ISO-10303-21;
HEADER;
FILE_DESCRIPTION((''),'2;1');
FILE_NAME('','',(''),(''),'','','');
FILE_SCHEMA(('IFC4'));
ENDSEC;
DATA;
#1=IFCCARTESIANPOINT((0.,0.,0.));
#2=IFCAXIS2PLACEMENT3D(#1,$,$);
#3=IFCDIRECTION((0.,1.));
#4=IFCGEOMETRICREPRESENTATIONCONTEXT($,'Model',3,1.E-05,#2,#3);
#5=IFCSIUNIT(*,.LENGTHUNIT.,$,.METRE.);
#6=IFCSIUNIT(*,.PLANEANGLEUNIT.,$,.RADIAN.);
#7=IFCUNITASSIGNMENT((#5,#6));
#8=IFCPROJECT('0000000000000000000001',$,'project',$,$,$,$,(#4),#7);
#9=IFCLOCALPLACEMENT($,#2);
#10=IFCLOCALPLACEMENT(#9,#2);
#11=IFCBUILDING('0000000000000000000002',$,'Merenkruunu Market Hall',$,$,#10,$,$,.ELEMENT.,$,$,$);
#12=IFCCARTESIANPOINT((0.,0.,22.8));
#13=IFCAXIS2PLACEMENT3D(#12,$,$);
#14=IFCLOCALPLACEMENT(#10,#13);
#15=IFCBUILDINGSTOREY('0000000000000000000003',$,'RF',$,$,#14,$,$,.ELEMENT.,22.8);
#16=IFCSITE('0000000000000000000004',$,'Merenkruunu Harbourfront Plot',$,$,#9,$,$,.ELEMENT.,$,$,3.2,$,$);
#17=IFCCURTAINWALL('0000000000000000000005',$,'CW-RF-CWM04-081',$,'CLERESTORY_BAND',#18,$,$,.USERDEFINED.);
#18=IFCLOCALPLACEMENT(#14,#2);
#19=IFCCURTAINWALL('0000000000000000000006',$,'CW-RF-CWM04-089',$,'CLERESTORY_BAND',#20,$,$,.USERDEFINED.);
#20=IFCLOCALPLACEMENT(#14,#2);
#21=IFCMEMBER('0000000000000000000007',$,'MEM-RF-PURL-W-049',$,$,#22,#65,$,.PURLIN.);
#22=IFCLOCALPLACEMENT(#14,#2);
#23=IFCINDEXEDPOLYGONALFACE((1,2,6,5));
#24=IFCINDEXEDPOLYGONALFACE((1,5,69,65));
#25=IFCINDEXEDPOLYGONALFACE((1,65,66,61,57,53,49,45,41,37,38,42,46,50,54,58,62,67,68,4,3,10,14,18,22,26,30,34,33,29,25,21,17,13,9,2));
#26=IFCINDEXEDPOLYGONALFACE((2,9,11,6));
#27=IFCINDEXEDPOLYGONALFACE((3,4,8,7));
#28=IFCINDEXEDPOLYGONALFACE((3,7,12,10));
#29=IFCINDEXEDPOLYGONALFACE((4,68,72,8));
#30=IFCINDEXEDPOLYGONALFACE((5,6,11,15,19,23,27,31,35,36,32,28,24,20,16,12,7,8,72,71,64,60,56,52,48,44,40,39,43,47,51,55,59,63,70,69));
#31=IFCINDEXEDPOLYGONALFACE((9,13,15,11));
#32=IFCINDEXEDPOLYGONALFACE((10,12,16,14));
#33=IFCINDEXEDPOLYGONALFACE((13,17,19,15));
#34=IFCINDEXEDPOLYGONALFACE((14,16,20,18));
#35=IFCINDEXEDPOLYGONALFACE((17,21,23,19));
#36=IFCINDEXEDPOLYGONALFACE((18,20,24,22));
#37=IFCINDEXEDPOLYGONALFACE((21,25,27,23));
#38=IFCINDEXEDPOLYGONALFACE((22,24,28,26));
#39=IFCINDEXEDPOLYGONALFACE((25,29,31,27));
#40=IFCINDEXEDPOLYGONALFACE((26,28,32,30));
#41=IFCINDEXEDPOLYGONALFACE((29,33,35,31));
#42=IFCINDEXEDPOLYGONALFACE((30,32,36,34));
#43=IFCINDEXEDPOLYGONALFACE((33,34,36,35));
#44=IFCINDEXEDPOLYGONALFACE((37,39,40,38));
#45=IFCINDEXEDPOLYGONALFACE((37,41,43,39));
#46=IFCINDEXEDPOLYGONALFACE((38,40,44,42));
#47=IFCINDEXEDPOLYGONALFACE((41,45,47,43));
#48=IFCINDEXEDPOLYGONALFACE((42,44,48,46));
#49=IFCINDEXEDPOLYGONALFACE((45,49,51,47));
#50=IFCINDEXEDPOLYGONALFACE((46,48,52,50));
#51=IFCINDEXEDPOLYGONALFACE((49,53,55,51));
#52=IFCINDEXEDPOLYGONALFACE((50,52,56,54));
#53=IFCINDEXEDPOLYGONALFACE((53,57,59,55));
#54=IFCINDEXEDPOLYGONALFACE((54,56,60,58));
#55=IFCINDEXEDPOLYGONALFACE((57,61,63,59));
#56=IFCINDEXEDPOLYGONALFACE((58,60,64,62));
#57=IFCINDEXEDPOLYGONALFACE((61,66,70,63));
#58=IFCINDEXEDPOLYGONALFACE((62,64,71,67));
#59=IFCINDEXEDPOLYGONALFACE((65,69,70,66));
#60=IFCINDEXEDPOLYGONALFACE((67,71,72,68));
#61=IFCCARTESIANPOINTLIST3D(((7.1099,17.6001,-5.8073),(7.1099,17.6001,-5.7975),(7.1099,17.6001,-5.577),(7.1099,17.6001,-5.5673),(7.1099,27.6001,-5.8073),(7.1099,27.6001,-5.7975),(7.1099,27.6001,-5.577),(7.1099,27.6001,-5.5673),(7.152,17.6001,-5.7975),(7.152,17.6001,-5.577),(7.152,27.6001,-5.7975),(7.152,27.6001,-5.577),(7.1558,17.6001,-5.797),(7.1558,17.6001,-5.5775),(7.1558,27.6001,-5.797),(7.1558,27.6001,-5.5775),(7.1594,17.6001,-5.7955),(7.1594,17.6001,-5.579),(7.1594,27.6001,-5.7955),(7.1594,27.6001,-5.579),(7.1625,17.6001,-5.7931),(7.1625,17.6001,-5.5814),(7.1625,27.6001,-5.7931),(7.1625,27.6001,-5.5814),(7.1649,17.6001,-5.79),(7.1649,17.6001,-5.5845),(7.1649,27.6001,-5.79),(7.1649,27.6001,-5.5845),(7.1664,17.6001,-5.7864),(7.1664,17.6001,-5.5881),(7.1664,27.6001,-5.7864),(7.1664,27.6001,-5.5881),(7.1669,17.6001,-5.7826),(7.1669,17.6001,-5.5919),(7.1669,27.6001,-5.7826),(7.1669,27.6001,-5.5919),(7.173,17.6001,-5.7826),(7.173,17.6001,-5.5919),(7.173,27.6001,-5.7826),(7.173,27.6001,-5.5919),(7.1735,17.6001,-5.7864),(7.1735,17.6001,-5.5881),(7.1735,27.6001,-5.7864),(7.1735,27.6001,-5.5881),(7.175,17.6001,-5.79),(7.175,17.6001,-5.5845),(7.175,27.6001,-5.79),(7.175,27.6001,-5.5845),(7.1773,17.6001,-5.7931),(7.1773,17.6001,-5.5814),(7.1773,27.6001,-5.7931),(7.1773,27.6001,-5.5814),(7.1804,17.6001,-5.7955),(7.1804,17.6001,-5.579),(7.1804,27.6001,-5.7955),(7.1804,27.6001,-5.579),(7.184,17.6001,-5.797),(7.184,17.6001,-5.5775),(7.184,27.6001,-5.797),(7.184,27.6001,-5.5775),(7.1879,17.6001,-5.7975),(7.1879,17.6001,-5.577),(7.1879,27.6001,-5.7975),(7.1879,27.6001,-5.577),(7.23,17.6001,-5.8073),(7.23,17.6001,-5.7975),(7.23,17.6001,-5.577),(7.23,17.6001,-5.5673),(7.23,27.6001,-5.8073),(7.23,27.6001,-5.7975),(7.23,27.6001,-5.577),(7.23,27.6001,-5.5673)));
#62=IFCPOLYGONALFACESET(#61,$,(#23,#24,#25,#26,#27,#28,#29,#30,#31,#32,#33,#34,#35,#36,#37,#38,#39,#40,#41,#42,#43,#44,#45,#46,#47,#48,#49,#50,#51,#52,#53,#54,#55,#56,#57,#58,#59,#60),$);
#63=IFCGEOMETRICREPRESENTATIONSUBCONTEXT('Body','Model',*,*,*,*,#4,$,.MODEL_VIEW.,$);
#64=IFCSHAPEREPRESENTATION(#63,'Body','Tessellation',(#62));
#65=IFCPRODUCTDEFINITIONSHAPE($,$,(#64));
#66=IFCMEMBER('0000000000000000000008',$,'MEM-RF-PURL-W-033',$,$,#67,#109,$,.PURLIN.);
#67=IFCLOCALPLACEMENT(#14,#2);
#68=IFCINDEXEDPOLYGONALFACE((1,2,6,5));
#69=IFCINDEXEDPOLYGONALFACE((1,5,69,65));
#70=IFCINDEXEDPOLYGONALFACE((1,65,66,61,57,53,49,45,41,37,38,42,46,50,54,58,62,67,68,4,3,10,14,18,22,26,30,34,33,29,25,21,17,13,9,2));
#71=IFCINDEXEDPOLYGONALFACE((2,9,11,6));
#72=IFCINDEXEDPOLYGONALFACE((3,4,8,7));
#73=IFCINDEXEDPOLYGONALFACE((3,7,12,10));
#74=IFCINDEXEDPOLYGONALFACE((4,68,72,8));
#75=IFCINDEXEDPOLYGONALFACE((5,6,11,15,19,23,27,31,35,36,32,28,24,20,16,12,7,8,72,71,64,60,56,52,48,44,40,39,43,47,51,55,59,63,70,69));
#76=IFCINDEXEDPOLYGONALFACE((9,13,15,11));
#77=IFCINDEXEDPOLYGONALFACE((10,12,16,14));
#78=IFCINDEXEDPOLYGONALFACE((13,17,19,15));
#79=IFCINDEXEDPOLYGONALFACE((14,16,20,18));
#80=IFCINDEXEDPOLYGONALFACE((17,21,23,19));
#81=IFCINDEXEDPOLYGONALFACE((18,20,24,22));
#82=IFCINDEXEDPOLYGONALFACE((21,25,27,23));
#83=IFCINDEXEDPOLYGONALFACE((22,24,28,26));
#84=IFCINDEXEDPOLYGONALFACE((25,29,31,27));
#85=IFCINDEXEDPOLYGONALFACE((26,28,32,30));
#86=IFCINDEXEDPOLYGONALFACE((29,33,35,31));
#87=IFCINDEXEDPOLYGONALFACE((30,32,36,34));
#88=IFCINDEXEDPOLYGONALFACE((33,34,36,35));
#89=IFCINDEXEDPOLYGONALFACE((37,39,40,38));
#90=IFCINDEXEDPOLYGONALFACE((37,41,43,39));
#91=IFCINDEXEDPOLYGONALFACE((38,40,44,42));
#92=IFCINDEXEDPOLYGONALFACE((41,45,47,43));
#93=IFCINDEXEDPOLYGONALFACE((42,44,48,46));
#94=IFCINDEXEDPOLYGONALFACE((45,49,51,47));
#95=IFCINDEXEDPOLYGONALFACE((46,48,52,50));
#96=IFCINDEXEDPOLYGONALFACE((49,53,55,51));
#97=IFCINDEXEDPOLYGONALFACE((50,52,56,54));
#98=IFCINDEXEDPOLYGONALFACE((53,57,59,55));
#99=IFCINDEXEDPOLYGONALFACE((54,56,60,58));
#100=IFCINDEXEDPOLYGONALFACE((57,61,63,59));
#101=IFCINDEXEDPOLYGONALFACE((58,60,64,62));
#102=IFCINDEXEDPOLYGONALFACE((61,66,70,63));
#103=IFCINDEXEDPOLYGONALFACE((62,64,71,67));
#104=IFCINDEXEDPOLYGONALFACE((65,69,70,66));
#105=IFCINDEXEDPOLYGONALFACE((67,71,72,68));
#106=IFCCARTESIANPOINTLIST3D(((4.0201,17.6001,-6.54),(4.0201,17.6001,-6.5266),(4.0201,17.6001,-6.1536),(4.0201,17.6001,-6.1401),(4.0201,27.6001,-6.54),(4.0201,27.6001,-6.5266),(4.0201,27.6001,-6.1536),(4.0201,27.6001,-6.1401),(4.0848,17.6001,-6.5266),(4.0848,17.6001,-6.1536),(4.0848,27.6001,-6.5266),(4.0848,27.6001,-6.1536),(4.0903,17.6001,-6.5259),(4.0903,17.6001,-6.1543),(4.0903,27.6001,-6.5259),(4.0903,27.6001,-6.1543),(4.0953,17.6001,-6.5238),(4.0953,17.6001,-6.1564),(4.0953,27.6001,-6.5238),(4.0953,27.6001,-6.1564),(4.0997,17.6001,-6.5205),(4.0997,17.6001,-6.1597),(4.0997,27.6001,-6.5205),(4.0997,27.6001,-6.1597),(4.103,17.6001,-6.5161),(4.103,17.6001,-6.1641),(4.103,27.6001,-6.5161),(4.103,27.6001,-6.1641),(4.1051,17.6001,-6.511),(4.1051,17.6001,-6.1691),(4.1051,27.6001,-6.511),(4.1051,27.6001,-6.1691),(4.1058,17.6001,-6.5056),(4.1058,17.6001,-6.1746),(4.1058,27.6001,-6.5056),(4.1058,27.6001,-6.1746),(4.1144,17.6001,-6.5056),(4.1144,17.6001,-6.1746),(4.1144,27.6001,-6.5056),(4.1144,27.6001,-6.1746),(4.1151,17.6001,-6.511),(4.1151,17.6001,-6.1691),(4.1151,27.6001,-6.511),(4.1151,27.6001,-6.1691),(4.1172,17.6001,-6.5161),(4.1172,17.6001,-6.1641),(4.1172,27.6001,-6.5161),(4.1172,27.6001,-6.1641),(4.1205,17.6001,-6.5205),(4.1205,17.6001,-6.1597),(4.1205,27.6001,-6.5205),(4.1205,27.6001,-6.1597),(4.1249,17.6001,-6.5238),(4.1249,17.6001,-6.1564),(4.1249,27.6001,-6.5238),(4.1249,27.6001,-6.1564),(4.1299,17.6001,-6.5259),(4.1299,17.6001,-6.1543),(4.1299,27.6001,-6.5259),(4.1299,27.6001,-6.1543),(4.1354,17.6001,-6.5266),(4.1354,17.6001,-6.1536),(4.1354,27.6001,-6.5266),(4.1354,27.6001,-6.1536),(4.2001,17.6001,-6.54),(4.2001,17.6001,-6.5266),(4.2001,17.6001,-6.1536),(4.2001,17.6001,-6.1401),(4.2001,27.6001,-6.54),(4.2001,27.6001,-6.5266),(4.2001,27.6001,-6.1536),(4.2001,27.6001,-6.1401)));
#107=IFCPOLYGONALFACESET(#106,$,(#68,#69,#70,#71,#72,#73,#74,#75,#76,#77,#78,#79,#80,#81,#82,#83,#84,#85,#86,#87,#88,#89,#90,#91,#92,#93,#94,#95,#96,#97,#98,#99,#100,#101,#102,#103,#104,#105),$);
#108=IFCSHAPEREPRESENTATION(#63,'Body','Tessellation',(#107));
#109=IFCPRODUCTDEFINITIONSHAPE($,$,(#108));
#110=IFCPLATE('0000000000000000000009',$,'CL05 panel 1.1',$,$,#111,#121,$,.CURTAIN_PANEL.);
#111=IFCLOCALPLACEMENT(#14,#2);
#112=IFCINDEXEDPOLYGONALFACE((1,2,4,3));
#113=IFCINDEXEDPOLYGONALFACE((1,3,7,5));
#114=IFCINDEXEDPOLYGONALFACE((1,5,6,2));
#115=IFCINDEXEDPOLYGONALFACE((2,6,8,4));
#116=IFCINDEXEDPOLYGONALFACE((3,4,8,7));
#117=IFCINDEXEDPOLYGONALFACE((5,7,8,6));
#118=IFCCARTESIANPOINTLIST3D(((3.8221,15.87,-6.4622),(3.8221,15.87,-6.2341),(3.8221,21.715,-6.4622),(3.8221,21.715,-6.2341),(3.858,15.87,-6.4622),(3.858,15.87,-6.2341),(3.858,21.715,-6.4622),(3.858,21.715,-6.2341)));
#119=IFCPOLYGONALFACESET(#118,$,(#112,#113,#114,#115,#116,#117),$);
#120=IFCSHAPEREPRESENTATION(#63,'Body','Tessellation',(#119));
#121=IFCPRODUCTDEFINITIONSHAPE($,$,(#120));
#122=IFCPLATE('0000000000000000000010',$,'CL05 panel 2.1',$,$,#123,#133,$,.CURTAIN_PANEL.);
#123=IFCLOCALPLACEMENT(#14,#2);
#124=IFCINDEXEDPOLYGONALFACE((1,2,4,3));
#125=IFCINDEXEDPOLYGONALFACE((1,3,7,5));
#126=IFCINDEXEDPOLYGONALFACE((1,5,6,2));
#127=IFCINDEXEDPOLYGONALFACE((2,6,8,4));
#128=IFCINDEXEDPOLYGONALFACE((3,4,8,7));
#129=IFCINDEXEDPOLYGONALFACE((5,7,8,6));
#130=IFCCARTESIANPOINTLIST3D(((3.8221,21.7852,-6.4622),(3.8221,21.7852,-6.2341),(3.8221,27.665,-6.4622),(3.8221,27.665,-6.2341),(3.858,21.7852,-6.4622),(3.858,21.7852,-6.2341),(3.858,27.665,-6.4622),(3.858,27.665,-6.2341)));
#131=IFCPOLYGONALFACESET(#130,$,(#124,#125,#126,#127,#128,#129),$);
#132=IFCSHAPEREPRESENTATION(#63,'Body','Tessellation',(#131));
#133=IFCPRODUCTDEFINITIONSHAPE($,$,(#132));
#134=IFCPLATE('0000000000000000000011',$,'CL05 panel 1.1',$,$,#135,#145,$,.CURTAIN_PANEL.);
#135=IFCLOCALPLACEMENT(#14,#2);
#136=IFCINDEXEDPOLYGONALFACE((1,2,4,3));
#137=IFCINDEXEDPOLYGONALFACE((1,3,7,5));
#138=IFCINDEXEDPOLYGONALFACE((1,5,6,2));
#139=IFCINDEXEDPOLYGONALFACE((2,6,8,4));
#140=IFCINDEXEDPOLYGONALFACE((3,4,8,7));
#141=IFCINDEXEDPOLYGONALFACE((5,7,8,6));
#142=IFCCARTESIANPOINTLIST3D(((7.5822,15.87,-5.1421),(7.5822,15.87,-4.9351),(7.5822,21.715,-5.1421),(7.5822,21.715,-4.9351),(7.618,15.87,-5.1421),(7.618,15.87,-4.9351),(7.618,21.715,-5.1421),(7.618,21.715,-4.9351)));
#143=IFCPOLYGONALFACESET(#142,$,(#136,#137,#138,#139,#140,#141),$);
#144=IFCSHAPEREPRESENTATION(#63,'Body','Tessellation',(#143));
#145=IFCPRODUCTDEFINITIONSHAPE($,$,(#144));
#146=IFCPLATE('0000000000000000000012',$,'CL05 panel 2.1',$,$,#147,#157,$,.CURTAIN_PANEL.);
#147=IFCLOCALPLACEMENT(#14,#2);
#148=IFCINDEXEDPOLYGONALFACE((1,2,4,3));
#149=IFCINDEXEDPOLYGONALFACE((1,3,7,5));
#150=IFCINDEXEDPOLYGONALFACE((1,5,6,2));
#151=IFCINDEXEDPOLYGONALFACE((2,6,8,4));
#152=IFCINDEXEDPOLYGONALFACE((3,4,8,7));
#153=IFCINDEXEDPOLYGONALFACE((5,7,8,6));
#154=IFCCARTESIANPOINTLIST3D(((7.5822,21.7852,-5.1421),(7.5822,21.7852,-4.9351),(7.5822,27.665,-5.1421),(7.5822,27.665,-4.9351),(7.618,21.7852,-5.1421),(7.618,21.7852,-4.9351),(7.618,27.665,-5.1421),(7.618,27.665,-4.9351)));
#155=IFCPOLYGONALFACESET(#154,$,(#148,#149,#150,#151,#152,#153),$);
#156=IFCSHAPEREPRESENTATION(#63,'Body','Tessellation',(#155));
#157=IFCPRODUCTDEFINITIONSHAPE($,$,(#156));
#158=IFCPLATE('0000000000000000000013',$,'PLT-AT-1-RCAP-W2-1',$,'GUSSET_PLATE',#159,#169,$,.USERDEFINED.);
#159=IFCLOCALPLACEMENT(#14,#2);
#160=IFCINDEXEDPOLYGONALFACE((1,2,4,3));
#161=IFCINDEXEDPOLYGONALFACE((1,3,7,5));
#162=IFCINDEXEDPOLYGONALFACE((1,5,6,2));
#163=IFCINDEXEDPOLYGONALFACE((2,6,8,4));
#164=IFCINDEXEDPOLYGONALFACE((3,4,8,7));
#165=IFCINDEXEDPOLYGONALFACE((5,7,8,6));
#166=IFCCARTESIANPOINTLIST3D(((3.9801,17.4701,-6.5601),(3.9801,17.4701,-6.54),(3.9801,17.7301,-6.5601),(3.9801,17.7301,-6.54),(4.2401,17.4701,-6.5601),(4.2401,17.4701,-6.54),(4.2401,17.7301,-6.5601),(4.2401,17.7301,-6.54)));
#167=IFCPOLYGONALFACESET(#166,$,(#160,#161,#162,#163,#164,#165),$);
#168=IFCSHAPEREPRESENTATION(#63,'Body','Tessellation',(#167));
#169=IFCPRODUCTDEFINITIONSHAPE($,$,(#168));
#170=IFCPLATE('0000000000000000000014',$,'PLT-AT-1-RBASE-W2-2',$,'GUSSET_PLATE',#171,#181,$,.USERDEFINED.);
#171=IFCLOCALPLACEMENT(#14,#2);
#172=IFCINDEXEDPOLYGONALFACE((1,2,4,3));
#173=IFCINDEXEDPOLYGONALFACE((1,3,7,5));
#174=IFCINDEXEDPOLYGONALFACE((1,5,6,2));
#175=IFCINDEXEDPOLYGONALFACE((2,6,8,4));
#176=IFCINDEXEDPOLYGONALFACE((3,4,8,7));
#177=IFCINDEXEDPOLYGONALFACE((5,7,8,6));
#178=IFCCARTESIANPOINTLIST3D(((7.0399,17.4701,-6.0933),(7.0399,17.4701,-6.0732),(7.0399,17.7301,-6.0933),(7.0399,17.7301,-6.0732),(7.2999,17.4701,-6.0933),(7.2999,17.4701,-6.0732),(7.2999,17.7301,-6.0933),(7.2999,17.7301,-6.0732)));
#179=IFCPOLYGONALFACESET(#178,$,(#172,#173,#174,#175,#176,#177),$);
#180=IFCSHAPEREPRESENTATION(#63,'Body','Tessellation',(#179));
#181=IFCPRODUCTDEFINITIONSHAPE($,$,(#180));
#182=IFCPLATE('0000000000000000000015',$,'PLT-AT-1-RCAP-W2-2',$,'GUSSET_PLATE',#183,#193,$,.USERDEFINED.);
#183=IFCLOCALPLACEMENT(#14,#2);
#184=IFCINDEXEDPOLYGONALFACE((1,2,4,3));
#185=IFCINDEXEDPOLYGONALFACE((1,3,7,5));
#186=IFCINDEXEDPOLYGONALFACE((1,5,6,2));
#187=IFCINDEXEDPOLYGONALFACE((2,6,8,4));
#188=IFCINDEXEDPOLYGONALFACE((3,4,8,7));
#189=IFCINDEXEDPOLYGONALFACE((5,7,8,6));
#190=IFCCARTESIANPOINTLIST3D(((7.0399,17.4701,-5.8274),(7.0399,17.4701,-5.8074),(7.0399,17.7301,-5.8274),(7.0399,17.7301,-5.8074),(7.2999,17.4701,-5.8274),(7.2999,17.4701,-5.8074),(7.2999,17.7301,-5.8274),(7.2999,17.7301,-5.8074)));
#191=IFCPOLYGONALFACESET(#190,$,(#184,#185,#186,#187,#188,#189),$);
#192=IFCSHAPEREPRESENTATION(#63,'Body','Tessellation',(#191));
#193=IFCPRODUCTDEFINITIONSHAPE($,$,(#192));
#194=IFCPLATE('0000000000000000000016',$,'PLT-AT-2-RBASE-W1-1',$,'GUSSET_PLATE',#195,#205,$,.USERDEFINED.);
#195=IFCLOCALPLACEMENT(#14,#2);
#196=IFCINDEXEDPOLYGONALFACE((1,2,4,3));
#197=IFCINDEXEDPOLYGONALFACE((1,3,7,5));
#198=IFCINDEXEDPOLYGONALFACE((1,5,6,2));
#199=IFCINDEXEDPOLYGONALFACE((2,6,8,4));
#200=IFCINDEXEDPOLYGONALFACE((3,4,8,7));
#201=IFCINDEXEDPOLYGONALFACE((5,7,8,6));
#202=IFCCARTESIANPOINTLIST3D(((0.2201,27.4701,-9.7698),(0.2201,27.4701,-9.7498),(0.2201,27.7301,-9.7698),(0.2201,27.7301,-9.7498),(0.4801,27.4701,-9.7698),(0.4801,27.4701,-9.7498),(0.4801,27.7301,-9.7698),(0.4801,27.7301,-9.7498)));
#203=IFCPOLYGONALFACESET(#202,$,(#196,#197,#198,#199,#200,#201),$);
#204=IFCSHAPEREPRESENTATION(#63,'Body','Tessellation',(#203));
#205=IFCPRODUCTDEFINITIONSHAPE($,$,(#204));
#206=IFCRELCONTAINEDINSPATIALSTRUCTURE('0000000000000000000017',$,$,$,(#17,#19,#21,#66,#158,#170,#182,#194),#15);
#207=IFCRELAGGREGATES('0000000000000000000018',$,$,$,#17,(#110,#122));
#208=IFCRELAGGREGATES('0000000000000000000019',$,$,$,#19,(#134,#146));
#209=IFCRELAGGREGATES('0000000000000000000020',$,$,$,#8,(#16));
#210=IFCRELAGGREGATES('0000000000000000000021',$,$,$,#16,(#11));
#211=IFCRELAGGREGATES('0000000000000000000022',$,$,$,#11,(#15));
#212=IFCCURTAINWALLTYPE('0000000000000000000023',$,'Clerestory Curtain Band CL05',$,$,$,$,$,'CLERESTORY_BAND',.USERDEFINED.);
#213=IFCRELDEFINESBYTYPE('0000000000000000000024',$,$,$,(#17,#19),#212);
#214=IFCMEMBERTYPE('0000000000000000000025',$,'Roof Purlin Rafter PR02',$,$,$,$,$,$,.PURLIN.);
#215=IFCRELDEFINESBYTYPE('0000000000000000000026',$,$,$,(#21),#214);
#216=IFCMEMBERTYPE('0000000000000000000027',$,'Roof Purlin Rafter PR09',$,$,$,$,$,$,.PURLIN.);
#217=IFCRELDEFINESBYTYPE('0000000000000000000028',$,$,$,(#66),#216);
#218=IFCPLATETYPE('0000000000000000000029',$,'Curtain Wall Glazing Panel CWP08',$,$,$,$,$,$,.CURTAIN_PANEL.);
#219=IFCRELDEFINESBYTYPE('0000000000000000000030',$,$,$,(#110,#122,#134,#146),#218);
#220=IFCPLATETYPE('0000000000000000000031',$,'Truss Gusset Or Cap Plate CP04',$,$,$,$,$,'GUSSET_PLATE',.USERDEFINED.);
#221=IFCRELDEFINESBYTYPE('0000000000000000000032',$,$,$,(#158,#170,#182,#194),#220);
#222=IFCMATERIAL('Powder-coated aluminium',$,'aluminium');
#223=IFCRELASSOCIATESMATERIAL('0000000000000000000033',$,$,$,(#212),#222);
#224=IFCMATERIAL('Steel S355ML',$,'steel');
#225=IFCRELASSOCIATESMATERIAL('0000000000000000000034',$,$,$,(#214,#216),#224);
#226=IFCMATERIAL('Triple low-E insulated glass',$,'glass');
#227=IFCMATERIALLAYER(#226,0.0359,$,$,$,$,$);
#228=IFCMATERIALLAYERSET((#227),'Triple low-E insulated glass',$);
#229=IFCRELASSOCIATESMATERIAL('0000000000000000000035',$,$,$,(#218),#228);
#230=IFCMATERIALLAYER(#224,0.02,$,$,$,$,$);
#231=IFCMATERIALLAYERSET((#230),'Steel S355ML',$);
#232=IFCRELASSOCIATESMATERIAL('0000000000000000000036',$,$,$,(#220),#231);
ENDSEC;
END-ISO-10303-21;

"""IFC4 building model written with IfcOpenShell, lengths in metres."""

from ifc_helpers import new_model, si_unit, direction, frame, origin, origin_2d, place, context, subcontext, project, spatial, rectangle, i_section, extrude, material, layer, layer_set, material_profile, profile_set, type_object, element, aggregate, save


model = new_model("IFC4")

# Units and contexts
model_context = context("Model", 3, precision=1e-05, world=origin(), true_north=direction((0.0, 1.0)))
body_context = subcontext(model_context, "Body", "Model", "MODEL_VIEW")
ifc_project = project(units=[si_unit("LENGTHUNIT", "METRE"), si_unit("PLANEANGLEUNIT", "RADIAN")], contexts=[model_context])

# Site, building, storey
site_placement = place(None, origin())
site = spatial("IfcSite", under=ifc_project, at=site_placement, Name="Merenkruunu Harbourfront Plot", CompositionType="ELEMENT", RefElevation=3.2)
building_placement = place(site_placement, origin())
building = spatial("IfcBuilding", under=site, at=building_placement, Name="Merenkruunu Market Hall", CompositionType="ELEMENT")
storey_placement = place(building_placement, frame((0.0, 0.0, 22.8)))
storey = spatial("IfcBuildingStorey", under=building, at=storey_placement, Name="RF", CompositionType="ELEMENT", Elevation=22.8)

# Shared definitions
ifc_material_1 = material(Name="Steel S355ML", Category="steel")

# Curtain walls
ifc_material_2 = material(Name="Powder-coated aluminium", Category="aluminium")
curtain_wall_type = type_object("IfcCurtainWallType", Name="Clerestory Curtain Band CL05", ElementType="CLERESTORY_BAND", PredefinedType="USERDEFINED", material=ifc_material_2)
curtain_wall_1_placement = place(storey_placement, origin())
curtain_wall_1 = element("IfcCurtainWall", 1, at=curtain_wall_1_placement, inside=storey, type_object=curtain_wall_type, Name="CW-RF-CWM04-081", ObjectType="CLERESTORY_BAND", PredefinedType="USERDEFINED")
curtain_wall_2_placement = place(storey_placement, origin())
curtain_wall_2 = element("IfcCurtainWall", 2, at=curtain_wall_2_placement, inside=storey, type_object=curtain_wall_type, Name="CW-RF-CWM04-089", ObjectType="CLERESTORY_BAND", PredefinedType="USERDEFINED")

# Members
ifc_material_profile_1 = material_profile(ifc_material_1, i_section(OverallWidth=0.1201, OverallDepth=0.24, WebThickness=0.0061, FlangeThickness=0.0098, FilletRadius=0.0149, at=origin_2d()), Name="IPE 240")
ifc_profile_set_1 = profile_set([ifc_material_profile_1], Name="Steel S355ML")
member_type_1 = type_object("IfcMemberType", Name="Roof Purlin Rafter PR02", PredefinedType="PURLIN", material=ifc_profile_set_1)
member_1_placement = place(storey_placement, frame((7.1699, 17.6001, -5.6873), z_axis=(0.0, 1.0, 0.0), x_axis=(-1.0, 0.0, 0.0)))
element("IfcMember", 3, at=member_1_placement, inside=storey, type_object=member_type_1, Name="MEM-RF-PURL-W-049", PredefinedType="PURLIN", context=body_context, shape_type="SweptSolid", body=[
    extrude(i_section(OverallWidth=0.1201, OverallDepth=0.24, WebThickness=0.0061, FlangeThickness=0.0098, FilletRadius=0.0149, at=origin_2d()), origin(), (0.0, 0.0, 1.0), 10.0),
])
ifc_material_profile_2 = material_profile(ifc_material_1, i_section(OverallWidth=0.1799, OverallDepth=0.3999, WebThickness=0.0085, FlangeThickness=0.0134, FilletRadius=0.021, at=origin_2d()), Name="IPE 400")
ifc_profile_set_2 = profile_set([ifc_material_profile_2], Name="Steel S355ML")
member_type_2 = type_object("IfcMemberType", Name="Roof Purlin Rafter PR09", PredefinedType="PURLIN", material=ifc_profile_set_2)
member_2_placement = place(storey_placement, frame((4.1101, 17.6001, -6.3401), z_axis=(0.0, 1.0, 0.0), x_axis=(-1.0, 0.0, 0.0)))
element("IfcMember", 4, at=member_2_placement, inside=storey, type_object=member_type_2, Name="MEM-RF-PURL-W-033", PredefinedType="PURLIN", context=body_context, shape_type="SweptSolid", body=[
    extrude(i_section(OverallWidth=0.1799, OverallDepth=0.3999, WebThickness=0.0085, FlangeThickness=0.0134, FilletRadius=0.021, at=origin_2d()), origin(), (0.0, 0.0, 1.0), 10.0),
])

# Plates
ifc_material_3 = material(Name="Triple low-E insulated glass", Category="glass")
ifc_layer_1 = layer(ifc_material_3, 0.0359)
ifc_layer_set_1 = layer_set([ifc_layer_1], Name="Triple low-E insulated glass")
plate_type_1 = type_object("IfcPlateType", Name="Curtain Wall Glazing Panel CWP08", PredefinedType="CURTAIN_PANEL", material=ifc_layer_set_1)
plate_1_placement = place(storey_placement, frame((3.8401, 18.7925, -6.4622), z_axis=(0.0, 0.0, 1.0), x_axis=(0.0, 1.0, 0.0)))
plate_1 = element("IfcPlate", 5, at=plate_1_placement, type_object=plate_type_1, Name="CL05 panel 1.1", PredefinedType="CURTAIN_PANEL", context=body_context, shape_type="SweptSolid", body=[
    extrude(rectangle(XDim=5.845, YDim=0.0359, at=origin_2d()), origin(), (0.0, 0.0, 1.0), 0.228),
])
plate_2_placement = place(storey_placement, frame((3.8401, 24.7251, -6.4622), z_axis=(0.0, 0.0, 1.0), x_axis=(0.0, 1.0, 0.0)))
plate_2 = element("IfcPlate", 6, at=plate_2_placement, type_object=plate_type_1, Name="CL05 panel 2.1", PredefinedType="CURTAIN_PANEL", context=body_context, shape_type="SweptSolid", body=[
    extrude(rectangle(XDim=5.8799, YDim=0.0359, at=origin_2d()), origin(), (0.0, 0.0, 1.0), 0.228),
])
aggregate(curtain_wall_1, [plate_1, plate_2])
plate_3_placement = place(storey_placement, frame((7.6001, 18.7925, -5.1421), z_axis=(0.0, 0.0, 1.0), x_axis=(0.0, 1.0, 0.0)))
plate_3 = element("IfcPlate", 7, at=plate_3_placement, type_object=plate_type_1, Name="CL05 panel 1.1", PredefinedType="CURTAIN_PANEL", context=body_context, shape_type="SweptSolid", body=[
    extrude(rectangle(XDim=5.845, YDim=0.0359, at=origin_2d()), origin(), (0.0, 0.0, 1.0), 0.207),
])
plate_4_placement = place(storey_placement, frame((7.6001, 24.7251, -5.1421), z_axis=(0.0, 0.0, 1.0), x_axis=(0.0, 1.0, 0.0)))
plate_4 = element("IfcPlate", 8, at=plate_4_placement, type_object=plate_type_1, Name="CL05 panel 2.1", PredefinedType="CURTAIN_PANEL", context=body_context, shape_type="SweptSolid", body=[
    extrude(rectangle(XDim=5.8799, YDim=0.0359, at=origin_2d()), origin(), (0.0, 0.0, 1.0), 0.207),
])
aggregate(curtain_wall_2, [plate_3, plate_4])

# Plates
ifc_layer_2 = layer(ifc_material_1, 0.02)
ifc_layer_set_2 = layer_set([ifc_layer_2], Name="Steel S355ML")
plate_type_2 = type_object("IfcPlateType", Name="Truss Gusset Or Cap Plate CP04", ElementType="GUSSET_PLATE", PredefinedType="USERDEFINED", material=ifc_layer_set_2)
for number, where, z_axis, x_axis, name in (
    (9, (4.1101, 17.6001, -6.5601), (0.0, 0.0, 1.0), (1.0, 0.0, 0.0), "PLT-AT-1-RCAP-W2-1"),
    (10, (7.1699, 17.6001, -6.0933), (0.0, 0.0, 1.0), (1.0, 0.0, 0.0), "PLT-AT-1-RBASE-W2-2"),
    (11, (7.1699, 17.6001, -5.8274), (0.0, 0.0, 1.0), (1.0, 0.0, 0.0), "PLT-AT-1-RCAP-W2-2"),
    (12, (0.3501, 27.6001, -9.7698), (0.0, 0.0, 1.0), (1.0, 0.0, 0.0), "PLT-AT-2-RBASE-W1-1"),
):
    element("IfcPlate", number, at=place(storey_placement, frame(where, z_axis=z_axis, x_axis=x_axis)), inside=storey, type_object=plate_type_2, Name=name, ObjectType="GUSSET_PLATE", PredefinedType="USERDEFINED", context=body_context, shape_type="SweptSolid", body=[
        extrude(rectangle(XDim=0.26, YDim=0.26, at=origin_2d()), origin(), (0.0, 0.0, 1.0), 0.02),
    ])

save(model, "model.ifc")
